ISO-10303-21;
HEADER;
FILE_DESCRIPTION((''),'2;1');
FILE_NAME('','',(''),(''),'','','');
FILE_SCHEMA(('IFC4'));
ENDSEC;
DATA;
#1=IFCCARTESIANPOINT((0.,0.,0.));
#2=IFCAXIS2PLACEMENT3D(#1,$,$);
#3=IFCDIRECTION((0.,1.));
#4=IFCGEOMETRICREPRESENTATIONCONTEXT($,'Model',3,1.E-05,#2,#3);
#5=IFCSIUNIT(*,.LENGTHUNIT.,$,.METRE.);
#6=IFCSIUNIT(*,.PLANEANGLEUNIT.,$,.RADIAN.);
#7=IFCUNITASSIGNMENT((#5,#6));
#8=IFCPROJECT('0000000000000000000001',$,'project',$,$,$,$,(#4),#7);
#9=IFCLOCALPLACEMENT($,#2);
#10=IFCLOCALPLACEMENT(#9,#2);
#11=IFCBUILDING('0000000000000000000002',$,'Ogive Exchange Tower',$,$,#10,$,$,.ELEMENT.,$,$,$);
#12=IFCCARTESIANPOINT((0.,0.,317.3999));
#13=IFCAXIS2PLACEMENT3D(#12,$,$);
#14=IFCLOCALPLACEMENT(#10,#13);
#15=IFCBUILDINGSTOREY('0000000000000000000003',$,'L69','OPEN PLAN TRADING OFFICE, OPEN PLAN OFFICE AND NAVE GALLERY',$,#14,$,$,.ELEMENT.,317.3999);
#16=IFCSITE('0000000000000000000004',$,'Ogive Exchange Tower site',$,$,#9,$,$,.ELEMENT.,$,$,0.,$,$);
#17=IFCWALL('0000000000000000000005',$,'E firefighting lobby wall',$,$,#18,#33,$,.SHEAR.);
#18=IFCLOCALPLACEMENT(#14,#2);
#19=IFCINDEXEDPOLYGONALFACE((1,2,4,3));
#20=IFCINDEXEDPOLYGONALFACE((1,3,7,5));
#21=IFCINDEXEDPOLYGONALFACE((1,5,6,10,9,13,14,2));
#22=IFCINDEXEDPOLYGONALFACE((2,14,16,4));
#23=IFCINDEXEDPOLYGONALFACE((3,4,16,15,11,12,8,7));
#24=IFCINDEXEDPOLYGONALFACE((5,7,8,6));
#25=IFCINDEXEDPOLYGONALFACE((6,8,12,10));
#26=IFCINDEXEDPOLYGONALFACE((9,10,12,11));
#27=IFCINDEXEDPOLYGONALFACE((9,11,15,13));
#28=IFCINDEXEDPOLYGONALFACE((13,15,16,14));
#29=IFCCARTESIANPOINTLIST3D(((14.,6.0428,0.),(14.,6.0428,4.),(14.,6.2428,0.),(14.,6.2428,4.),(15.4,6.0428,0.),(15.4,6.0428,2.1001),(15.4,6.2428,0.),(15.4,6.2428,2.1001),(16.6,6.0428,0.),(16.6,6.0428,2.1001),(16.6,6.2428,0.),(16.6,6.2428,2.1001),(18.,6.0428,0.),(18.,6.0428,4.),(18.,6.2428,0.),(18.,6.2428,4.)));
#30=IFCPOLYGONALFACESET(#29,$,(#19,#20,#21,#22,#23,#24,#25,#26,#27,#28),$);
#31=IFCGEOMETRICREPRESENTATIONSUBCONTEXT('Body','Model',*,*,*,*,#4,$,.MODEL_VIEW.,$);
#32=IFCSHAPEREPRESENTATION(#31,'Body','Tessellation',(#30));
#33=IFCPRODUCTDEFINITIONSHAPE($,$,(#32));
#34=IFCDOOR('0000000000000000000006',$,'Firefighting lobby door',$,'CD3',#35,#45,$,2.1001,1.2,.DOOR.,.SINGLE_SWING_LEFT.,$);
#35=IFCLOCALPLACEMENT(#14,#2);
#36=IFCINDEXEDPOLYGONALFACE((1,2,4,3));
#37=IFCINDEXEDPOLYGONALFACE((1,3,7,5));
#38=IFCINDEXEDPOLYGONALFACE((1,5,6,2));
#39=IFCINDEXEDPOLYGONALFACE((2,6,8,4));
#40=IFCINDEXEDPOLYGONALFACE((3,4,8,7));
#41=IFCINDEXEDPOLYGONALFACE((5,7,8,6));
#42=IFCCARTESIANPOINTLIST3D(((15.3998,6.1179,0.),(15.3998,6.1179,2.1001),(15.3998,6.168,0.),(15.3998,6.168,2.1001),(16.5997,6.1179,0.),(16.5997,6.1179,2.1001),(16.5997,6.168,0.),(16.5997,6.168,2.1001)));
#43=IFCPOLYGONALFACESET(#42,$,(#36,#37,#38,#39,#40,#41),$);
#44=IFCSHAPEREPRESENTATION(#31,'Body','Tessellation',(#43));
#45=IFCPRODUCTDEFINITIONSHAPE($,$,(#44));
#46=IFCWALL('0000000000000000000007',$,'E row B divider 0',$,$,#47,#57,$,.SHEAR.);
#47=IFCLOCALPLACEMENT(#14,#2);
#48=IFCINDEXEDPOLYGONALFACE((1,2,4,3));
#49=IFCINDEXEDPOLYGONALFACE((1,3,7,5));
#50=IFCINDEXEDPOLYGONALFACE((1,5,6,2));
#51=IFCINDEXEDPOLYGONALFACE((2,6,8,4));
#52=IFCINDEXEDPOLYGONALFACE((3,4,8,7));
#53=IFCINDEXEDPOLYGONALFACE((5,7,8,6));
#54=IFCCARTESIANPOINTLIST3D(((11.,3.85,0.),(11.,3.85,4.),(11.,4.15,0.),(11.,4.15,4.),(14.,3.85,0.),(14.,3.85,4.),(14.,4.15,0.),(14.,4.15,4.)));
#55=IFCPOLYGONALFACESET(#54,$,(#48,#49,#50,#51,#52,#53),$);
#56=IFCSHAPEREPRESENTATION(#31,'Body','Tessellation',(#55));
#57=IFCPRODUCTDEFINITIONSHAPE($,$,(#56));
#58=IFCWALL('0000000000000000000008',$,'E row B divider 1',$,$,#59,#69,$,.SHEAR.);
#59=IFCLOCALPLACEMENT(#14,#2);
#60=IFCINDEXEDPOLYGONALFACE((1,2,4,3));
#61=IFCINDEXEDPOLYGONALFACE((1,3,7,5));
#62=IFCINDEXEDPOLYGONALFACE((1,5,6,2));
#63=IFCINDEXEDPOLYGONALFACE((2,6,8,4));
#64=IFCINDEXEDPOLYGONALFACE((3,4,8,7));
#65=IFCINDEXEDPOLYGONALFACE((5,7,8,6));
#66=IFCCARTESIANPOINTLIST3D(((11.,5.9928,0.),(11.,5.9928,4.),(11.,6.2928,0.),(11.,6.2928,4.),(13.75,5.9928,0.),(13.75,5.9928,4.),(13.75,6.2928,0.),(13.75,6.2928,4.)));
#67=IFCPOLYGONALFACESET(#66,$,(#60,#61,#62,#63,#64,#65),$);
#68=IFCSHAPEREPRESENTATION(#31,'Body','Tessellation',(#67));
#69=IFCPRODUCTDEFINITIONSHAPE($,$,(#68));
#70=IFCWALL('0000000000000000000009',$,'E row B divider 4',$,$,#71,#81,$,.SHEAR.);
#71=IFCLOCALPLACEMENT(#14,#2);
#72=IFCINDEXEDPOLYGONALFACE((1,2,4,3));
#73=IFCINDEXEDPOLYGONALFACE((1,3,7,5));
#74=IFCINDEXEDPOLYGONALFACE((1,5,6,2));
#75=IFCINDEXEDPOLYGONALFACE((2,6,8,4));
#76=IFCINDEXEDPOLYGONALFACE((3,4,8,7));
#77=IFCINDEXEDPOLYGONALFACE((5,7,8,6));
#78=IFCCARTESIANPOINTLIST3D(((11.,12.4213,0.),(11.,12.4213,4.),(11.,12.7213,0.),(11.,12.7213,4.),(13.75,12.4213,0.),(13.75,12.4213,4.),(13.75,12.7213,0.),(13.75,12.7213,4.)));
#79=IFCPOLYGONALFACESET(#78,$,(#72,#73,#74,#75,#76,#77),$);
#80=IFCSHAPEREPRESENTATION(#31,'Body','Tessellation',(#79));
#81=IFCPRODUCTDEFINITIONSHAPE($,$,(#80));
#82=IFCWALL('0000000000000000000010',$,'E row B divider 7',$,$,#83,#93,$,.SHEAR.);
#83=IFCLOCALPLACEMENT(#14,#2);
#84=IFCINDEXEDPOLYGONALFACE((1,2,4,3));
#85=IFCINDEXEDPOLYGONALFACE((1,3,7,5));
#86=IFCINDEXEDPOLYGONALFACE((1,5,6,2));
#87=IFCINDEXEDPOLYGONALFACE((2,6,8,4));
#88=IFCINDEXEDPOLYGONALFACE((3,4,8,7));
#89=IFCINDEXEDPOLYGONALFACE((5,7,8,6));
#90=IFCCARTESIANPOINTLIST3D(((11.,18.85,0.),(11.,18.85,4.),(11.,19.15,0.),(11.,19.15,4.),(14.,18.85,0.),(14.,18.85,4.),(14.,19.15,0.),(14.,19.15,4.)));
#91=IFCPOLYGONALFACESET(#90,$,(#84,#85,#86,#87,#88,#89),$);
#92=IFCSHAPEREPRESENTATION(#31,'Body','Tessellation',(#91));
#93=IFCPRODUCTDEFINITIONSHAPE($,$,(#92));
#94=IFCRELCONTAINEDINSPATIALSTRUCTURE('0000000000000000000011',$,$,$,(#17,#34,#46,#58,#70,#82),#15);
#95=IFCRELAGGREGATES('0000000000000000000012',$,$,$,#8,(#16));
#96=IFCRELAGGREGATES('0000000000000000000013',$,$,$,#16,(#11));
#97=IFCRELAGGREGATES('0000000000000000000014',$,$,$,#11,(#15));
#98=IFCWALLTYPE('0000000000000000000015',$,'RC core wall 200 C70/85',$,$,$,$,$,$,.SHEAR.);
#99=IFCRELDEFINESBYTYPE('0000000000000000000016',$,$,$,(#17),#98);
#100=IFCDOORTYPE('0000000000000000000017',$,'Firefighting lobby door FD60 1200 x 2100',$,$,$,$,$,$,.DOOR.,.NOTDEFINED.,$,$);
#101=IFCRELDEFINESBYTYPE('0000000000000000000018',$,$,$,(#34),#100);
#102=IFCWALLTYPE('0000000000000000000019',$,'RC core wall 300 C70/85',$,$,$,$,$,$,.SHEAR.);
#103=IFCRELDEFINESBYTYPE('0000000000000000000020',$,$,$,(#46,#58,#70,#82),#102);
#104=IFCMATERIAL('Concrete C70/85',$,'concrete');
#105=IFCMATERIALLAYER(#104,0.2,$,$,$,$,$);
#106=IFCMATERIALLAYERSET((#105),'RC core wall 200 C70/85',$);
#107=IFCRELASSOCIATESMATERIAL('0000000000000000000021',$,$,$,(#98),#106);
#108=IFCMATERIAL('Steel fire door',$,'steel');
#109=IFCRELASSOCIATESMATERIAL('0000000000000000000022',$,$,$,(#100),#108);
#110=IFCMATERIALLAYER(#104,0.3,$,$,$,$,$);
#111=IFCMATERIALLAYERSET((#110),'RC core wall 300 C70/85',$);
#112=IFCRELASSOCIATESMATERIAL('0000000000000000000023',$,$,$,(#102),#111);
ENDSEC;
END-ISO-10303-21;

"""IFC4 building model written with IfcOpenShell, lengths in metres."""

from ifc_helpers import new_model, si_unit, direction, frame, frame_2d, origin, place, context, subcontext, project, spatial, rectangle, extrude, material, layer, layer_set, type_object, element, fill, save


model = new_model("IFC4")

# Units and contexts
model_context = context("Model", 3, precision=1e-05, world=origin(), true_north=direction((0.0, 1.0)))
body_context = subcontext(model_context, "Body", "Model", "MODEL_VIEW")
ifc_project = project(units=[si_unit("LENGTHUNIT", "METRE"), si_unit("PLANEANGLEUNIT", "RADIAN")], contexts=[model_context])

# Site, building, storey
site_placement = place(None, origin())
site = spatial("IfcSite", under=ifc_project, at=site_placement, Name="Ogive Exchange Tower site", CompositionType="ELEMENT", RefElevation=0.0)
building_placement = place(site_placement, origin())
building = spatial("IfcBuilding", under=site, at=building_placement, Name="Ogive Exchange Tower", CompositionType="ELEMENT")
storey_placement = place(building_placement, frame((0.0, 0.0, 317.3999)))
storey = spatial("IfcBuildingStorey", under=building, at=storey_placement, Name="L69", Description="OPEN PLAN TRADING OFFICE, OPEN PLAN OFFICE AND NAVE GALLERY", CompositionType="ELEMENT", Elevation=317.3999)

# Shared definitions
ifc_material_1 = material(Name="Concrete C70/85", Category="concrete")

# Wall, opening, door
ifc_layer_1 = layer(ifc_material_1, 0.2)
ifc_layer_set_1 = layer_set([ifc_layer_1], Name="RC core wall 200 C70/85")
wall_type_1 = type_object("IfcWallType", Name="RC core wall 200 C70/85", PredefinedType="SHEAR", material=ifc_layer_set_1)
wall_1_placement = place(storey_placement, frame((14.0, 6.1428, 0.0), z_axis=(0.0, 0.0, 1.0), x_axis=(1.0, 0.0, 0.0)))
wall_1 = element("IfcWall", 1, at=wall_1_placement, inside=storey, type_object=wall_type_1, Name="E firefighting lobby wall", PredefinedType="SHEAR", context=body_context, shape_type="SweptSolid", body=[
    extrude(rectangle(XDim=4.0, YDim=0.2, at=frame_2d((2.0, 0.0))), origin(), (0.0, 0.0, 1.0), 4.0),
])
opening_placement = place(wall_1_placement, frame((1.3999, 0.0, 0.0)))
opening = element("IfcOpeningElement", 2, at=opening_placement, cuts=wall_1, PredefinedType="OPENING", context=body_context, shape_type="SweptSolid", body=[
    extrude(rectangle(XDim=1.2, YDim=2.1001, at=frame_2d((0.6001, 1.05))), frame((0.0, 0.1099, 0.0), z_axis=(0.0, -1.0, 0.0), x_axis=(1.0, 0.0, 0.0)), (0.0, 0.0, 1.0), 0.22),
])
ifc_material_2 = material(Name="Steel fire door", Category="steel")
door_type = type_object("IfcDoorType", Name="Firefighting lobby door FD60 1200 x 2100", OperationType="NOTDEFINED", PredefinedType="DOOR", material=ifc_material_2)
door_placement = place(opening_placement, frame((1.2, 0.0, 0.0), z_axis=(0.0, 0.0, 1.0), x_axis=(-1.0, 0.0, 0.0)))
door = element("IfcDoor", 3, at=door_placement, inside=storey, type_object=door_type, Name="Firefighting lobby door", ObjectType="CD3", OperationType="SINGLE_SWING_LEFT", OverallHeight=2.1001, OverallWidth=1.2, PredefinedType="DOOR", context=body_context, shape_type="SweptSolid", body=[
    extrude(rectangle(XDim=1.2, YDim=2.1001, at=frame_2d((0.6001, 1.05))), frame((0.0, 0.0249, 0.0), z_axis=(0.0, -1.0, 0.0), x_axis=(1.0, 0.0, 0.0)), (0.0, 0.0, 1.0), 0.05),
])
fill(opening, door)

# Walls
ifc_layer_2 = layer(ifc_material_1, 0.3)
ifc_layer_set_2 = layer_set([ifc_layer_2], Name="RC core wall 300 C70/85")
wall_type_2 = type_object("IfcWallType", Name="RC core wall 300 C70/85", PredefinedType="SHEAR", material=ifc_layer_set_2)
wall_2_placement = place(storey_placement, frame((11.0, 4.0, 0.0), z_axis=(0.0, 0.0, 1.0), x_axis=(1.0, 0.0, 0.0)))
element("IfcWall", 4, at=wall_2_placement, inside=storey, type_object=wall_type_2, Name="E row B divider 0", PredefinedType="SHEAR", context=body_context, shape_type="SweptSolid", body=[
    extrude(rectangle(XDim=3.0, YDim=0.3, at=frame_2d((1.5, 0.0))), origin(), (0.0, 0.0, 1.0), 4.0),
])
for number, where, z_axis, x_axis, name in (
    (5, (11.0, 6.1428, 0.0), (0.0, 0.0, 1.0), (1.0, 0.0, 0.0), "E row B divider 1"),
    (6, (11.0, 12.5713, 0.0), (0.0, 0.0, 1.0), (1.0, 0.0, 0.0), "E row B divider 4"),
):
    element("IfcWall", number, at=place(storey_placement, frame(where, z_axis=z_axis, x_axis=x_axis)), inside=storey, type_object=wall_type_2, Name=name, PredefinedType="SHEAR", context=body_context, shape_type="SweptSolid", body=[
        extrude(rectangle(XDim=2.75, YDim=0.3, at=frame_2d((1.375, 0.0))), origin(), (0.0, 0.0, 1.0), 4.0),
    ])
wall_3_placement = place(storey_placement, frame((11.0, 19.0, 0.0), z_axis=(0.0, 0.0, 1.0), x_axis=(1.0, 0.0, 0.0)))
element("IfcWall", 7, at=wall_3_placement, inside=storey, type_object=wall_type_2, Name="E row B divider 7", PredefinedType="SHEAR", context=body_context, shape_type="SweptSolid", body=[
    extrude(rectangle(XDim=3.0, YDim=0.3, at=frame_2d((1.5, 0.0))), origin(), (0.0, 0.0, 1.0), 4.0),
])

save(model, "model.ifc")
